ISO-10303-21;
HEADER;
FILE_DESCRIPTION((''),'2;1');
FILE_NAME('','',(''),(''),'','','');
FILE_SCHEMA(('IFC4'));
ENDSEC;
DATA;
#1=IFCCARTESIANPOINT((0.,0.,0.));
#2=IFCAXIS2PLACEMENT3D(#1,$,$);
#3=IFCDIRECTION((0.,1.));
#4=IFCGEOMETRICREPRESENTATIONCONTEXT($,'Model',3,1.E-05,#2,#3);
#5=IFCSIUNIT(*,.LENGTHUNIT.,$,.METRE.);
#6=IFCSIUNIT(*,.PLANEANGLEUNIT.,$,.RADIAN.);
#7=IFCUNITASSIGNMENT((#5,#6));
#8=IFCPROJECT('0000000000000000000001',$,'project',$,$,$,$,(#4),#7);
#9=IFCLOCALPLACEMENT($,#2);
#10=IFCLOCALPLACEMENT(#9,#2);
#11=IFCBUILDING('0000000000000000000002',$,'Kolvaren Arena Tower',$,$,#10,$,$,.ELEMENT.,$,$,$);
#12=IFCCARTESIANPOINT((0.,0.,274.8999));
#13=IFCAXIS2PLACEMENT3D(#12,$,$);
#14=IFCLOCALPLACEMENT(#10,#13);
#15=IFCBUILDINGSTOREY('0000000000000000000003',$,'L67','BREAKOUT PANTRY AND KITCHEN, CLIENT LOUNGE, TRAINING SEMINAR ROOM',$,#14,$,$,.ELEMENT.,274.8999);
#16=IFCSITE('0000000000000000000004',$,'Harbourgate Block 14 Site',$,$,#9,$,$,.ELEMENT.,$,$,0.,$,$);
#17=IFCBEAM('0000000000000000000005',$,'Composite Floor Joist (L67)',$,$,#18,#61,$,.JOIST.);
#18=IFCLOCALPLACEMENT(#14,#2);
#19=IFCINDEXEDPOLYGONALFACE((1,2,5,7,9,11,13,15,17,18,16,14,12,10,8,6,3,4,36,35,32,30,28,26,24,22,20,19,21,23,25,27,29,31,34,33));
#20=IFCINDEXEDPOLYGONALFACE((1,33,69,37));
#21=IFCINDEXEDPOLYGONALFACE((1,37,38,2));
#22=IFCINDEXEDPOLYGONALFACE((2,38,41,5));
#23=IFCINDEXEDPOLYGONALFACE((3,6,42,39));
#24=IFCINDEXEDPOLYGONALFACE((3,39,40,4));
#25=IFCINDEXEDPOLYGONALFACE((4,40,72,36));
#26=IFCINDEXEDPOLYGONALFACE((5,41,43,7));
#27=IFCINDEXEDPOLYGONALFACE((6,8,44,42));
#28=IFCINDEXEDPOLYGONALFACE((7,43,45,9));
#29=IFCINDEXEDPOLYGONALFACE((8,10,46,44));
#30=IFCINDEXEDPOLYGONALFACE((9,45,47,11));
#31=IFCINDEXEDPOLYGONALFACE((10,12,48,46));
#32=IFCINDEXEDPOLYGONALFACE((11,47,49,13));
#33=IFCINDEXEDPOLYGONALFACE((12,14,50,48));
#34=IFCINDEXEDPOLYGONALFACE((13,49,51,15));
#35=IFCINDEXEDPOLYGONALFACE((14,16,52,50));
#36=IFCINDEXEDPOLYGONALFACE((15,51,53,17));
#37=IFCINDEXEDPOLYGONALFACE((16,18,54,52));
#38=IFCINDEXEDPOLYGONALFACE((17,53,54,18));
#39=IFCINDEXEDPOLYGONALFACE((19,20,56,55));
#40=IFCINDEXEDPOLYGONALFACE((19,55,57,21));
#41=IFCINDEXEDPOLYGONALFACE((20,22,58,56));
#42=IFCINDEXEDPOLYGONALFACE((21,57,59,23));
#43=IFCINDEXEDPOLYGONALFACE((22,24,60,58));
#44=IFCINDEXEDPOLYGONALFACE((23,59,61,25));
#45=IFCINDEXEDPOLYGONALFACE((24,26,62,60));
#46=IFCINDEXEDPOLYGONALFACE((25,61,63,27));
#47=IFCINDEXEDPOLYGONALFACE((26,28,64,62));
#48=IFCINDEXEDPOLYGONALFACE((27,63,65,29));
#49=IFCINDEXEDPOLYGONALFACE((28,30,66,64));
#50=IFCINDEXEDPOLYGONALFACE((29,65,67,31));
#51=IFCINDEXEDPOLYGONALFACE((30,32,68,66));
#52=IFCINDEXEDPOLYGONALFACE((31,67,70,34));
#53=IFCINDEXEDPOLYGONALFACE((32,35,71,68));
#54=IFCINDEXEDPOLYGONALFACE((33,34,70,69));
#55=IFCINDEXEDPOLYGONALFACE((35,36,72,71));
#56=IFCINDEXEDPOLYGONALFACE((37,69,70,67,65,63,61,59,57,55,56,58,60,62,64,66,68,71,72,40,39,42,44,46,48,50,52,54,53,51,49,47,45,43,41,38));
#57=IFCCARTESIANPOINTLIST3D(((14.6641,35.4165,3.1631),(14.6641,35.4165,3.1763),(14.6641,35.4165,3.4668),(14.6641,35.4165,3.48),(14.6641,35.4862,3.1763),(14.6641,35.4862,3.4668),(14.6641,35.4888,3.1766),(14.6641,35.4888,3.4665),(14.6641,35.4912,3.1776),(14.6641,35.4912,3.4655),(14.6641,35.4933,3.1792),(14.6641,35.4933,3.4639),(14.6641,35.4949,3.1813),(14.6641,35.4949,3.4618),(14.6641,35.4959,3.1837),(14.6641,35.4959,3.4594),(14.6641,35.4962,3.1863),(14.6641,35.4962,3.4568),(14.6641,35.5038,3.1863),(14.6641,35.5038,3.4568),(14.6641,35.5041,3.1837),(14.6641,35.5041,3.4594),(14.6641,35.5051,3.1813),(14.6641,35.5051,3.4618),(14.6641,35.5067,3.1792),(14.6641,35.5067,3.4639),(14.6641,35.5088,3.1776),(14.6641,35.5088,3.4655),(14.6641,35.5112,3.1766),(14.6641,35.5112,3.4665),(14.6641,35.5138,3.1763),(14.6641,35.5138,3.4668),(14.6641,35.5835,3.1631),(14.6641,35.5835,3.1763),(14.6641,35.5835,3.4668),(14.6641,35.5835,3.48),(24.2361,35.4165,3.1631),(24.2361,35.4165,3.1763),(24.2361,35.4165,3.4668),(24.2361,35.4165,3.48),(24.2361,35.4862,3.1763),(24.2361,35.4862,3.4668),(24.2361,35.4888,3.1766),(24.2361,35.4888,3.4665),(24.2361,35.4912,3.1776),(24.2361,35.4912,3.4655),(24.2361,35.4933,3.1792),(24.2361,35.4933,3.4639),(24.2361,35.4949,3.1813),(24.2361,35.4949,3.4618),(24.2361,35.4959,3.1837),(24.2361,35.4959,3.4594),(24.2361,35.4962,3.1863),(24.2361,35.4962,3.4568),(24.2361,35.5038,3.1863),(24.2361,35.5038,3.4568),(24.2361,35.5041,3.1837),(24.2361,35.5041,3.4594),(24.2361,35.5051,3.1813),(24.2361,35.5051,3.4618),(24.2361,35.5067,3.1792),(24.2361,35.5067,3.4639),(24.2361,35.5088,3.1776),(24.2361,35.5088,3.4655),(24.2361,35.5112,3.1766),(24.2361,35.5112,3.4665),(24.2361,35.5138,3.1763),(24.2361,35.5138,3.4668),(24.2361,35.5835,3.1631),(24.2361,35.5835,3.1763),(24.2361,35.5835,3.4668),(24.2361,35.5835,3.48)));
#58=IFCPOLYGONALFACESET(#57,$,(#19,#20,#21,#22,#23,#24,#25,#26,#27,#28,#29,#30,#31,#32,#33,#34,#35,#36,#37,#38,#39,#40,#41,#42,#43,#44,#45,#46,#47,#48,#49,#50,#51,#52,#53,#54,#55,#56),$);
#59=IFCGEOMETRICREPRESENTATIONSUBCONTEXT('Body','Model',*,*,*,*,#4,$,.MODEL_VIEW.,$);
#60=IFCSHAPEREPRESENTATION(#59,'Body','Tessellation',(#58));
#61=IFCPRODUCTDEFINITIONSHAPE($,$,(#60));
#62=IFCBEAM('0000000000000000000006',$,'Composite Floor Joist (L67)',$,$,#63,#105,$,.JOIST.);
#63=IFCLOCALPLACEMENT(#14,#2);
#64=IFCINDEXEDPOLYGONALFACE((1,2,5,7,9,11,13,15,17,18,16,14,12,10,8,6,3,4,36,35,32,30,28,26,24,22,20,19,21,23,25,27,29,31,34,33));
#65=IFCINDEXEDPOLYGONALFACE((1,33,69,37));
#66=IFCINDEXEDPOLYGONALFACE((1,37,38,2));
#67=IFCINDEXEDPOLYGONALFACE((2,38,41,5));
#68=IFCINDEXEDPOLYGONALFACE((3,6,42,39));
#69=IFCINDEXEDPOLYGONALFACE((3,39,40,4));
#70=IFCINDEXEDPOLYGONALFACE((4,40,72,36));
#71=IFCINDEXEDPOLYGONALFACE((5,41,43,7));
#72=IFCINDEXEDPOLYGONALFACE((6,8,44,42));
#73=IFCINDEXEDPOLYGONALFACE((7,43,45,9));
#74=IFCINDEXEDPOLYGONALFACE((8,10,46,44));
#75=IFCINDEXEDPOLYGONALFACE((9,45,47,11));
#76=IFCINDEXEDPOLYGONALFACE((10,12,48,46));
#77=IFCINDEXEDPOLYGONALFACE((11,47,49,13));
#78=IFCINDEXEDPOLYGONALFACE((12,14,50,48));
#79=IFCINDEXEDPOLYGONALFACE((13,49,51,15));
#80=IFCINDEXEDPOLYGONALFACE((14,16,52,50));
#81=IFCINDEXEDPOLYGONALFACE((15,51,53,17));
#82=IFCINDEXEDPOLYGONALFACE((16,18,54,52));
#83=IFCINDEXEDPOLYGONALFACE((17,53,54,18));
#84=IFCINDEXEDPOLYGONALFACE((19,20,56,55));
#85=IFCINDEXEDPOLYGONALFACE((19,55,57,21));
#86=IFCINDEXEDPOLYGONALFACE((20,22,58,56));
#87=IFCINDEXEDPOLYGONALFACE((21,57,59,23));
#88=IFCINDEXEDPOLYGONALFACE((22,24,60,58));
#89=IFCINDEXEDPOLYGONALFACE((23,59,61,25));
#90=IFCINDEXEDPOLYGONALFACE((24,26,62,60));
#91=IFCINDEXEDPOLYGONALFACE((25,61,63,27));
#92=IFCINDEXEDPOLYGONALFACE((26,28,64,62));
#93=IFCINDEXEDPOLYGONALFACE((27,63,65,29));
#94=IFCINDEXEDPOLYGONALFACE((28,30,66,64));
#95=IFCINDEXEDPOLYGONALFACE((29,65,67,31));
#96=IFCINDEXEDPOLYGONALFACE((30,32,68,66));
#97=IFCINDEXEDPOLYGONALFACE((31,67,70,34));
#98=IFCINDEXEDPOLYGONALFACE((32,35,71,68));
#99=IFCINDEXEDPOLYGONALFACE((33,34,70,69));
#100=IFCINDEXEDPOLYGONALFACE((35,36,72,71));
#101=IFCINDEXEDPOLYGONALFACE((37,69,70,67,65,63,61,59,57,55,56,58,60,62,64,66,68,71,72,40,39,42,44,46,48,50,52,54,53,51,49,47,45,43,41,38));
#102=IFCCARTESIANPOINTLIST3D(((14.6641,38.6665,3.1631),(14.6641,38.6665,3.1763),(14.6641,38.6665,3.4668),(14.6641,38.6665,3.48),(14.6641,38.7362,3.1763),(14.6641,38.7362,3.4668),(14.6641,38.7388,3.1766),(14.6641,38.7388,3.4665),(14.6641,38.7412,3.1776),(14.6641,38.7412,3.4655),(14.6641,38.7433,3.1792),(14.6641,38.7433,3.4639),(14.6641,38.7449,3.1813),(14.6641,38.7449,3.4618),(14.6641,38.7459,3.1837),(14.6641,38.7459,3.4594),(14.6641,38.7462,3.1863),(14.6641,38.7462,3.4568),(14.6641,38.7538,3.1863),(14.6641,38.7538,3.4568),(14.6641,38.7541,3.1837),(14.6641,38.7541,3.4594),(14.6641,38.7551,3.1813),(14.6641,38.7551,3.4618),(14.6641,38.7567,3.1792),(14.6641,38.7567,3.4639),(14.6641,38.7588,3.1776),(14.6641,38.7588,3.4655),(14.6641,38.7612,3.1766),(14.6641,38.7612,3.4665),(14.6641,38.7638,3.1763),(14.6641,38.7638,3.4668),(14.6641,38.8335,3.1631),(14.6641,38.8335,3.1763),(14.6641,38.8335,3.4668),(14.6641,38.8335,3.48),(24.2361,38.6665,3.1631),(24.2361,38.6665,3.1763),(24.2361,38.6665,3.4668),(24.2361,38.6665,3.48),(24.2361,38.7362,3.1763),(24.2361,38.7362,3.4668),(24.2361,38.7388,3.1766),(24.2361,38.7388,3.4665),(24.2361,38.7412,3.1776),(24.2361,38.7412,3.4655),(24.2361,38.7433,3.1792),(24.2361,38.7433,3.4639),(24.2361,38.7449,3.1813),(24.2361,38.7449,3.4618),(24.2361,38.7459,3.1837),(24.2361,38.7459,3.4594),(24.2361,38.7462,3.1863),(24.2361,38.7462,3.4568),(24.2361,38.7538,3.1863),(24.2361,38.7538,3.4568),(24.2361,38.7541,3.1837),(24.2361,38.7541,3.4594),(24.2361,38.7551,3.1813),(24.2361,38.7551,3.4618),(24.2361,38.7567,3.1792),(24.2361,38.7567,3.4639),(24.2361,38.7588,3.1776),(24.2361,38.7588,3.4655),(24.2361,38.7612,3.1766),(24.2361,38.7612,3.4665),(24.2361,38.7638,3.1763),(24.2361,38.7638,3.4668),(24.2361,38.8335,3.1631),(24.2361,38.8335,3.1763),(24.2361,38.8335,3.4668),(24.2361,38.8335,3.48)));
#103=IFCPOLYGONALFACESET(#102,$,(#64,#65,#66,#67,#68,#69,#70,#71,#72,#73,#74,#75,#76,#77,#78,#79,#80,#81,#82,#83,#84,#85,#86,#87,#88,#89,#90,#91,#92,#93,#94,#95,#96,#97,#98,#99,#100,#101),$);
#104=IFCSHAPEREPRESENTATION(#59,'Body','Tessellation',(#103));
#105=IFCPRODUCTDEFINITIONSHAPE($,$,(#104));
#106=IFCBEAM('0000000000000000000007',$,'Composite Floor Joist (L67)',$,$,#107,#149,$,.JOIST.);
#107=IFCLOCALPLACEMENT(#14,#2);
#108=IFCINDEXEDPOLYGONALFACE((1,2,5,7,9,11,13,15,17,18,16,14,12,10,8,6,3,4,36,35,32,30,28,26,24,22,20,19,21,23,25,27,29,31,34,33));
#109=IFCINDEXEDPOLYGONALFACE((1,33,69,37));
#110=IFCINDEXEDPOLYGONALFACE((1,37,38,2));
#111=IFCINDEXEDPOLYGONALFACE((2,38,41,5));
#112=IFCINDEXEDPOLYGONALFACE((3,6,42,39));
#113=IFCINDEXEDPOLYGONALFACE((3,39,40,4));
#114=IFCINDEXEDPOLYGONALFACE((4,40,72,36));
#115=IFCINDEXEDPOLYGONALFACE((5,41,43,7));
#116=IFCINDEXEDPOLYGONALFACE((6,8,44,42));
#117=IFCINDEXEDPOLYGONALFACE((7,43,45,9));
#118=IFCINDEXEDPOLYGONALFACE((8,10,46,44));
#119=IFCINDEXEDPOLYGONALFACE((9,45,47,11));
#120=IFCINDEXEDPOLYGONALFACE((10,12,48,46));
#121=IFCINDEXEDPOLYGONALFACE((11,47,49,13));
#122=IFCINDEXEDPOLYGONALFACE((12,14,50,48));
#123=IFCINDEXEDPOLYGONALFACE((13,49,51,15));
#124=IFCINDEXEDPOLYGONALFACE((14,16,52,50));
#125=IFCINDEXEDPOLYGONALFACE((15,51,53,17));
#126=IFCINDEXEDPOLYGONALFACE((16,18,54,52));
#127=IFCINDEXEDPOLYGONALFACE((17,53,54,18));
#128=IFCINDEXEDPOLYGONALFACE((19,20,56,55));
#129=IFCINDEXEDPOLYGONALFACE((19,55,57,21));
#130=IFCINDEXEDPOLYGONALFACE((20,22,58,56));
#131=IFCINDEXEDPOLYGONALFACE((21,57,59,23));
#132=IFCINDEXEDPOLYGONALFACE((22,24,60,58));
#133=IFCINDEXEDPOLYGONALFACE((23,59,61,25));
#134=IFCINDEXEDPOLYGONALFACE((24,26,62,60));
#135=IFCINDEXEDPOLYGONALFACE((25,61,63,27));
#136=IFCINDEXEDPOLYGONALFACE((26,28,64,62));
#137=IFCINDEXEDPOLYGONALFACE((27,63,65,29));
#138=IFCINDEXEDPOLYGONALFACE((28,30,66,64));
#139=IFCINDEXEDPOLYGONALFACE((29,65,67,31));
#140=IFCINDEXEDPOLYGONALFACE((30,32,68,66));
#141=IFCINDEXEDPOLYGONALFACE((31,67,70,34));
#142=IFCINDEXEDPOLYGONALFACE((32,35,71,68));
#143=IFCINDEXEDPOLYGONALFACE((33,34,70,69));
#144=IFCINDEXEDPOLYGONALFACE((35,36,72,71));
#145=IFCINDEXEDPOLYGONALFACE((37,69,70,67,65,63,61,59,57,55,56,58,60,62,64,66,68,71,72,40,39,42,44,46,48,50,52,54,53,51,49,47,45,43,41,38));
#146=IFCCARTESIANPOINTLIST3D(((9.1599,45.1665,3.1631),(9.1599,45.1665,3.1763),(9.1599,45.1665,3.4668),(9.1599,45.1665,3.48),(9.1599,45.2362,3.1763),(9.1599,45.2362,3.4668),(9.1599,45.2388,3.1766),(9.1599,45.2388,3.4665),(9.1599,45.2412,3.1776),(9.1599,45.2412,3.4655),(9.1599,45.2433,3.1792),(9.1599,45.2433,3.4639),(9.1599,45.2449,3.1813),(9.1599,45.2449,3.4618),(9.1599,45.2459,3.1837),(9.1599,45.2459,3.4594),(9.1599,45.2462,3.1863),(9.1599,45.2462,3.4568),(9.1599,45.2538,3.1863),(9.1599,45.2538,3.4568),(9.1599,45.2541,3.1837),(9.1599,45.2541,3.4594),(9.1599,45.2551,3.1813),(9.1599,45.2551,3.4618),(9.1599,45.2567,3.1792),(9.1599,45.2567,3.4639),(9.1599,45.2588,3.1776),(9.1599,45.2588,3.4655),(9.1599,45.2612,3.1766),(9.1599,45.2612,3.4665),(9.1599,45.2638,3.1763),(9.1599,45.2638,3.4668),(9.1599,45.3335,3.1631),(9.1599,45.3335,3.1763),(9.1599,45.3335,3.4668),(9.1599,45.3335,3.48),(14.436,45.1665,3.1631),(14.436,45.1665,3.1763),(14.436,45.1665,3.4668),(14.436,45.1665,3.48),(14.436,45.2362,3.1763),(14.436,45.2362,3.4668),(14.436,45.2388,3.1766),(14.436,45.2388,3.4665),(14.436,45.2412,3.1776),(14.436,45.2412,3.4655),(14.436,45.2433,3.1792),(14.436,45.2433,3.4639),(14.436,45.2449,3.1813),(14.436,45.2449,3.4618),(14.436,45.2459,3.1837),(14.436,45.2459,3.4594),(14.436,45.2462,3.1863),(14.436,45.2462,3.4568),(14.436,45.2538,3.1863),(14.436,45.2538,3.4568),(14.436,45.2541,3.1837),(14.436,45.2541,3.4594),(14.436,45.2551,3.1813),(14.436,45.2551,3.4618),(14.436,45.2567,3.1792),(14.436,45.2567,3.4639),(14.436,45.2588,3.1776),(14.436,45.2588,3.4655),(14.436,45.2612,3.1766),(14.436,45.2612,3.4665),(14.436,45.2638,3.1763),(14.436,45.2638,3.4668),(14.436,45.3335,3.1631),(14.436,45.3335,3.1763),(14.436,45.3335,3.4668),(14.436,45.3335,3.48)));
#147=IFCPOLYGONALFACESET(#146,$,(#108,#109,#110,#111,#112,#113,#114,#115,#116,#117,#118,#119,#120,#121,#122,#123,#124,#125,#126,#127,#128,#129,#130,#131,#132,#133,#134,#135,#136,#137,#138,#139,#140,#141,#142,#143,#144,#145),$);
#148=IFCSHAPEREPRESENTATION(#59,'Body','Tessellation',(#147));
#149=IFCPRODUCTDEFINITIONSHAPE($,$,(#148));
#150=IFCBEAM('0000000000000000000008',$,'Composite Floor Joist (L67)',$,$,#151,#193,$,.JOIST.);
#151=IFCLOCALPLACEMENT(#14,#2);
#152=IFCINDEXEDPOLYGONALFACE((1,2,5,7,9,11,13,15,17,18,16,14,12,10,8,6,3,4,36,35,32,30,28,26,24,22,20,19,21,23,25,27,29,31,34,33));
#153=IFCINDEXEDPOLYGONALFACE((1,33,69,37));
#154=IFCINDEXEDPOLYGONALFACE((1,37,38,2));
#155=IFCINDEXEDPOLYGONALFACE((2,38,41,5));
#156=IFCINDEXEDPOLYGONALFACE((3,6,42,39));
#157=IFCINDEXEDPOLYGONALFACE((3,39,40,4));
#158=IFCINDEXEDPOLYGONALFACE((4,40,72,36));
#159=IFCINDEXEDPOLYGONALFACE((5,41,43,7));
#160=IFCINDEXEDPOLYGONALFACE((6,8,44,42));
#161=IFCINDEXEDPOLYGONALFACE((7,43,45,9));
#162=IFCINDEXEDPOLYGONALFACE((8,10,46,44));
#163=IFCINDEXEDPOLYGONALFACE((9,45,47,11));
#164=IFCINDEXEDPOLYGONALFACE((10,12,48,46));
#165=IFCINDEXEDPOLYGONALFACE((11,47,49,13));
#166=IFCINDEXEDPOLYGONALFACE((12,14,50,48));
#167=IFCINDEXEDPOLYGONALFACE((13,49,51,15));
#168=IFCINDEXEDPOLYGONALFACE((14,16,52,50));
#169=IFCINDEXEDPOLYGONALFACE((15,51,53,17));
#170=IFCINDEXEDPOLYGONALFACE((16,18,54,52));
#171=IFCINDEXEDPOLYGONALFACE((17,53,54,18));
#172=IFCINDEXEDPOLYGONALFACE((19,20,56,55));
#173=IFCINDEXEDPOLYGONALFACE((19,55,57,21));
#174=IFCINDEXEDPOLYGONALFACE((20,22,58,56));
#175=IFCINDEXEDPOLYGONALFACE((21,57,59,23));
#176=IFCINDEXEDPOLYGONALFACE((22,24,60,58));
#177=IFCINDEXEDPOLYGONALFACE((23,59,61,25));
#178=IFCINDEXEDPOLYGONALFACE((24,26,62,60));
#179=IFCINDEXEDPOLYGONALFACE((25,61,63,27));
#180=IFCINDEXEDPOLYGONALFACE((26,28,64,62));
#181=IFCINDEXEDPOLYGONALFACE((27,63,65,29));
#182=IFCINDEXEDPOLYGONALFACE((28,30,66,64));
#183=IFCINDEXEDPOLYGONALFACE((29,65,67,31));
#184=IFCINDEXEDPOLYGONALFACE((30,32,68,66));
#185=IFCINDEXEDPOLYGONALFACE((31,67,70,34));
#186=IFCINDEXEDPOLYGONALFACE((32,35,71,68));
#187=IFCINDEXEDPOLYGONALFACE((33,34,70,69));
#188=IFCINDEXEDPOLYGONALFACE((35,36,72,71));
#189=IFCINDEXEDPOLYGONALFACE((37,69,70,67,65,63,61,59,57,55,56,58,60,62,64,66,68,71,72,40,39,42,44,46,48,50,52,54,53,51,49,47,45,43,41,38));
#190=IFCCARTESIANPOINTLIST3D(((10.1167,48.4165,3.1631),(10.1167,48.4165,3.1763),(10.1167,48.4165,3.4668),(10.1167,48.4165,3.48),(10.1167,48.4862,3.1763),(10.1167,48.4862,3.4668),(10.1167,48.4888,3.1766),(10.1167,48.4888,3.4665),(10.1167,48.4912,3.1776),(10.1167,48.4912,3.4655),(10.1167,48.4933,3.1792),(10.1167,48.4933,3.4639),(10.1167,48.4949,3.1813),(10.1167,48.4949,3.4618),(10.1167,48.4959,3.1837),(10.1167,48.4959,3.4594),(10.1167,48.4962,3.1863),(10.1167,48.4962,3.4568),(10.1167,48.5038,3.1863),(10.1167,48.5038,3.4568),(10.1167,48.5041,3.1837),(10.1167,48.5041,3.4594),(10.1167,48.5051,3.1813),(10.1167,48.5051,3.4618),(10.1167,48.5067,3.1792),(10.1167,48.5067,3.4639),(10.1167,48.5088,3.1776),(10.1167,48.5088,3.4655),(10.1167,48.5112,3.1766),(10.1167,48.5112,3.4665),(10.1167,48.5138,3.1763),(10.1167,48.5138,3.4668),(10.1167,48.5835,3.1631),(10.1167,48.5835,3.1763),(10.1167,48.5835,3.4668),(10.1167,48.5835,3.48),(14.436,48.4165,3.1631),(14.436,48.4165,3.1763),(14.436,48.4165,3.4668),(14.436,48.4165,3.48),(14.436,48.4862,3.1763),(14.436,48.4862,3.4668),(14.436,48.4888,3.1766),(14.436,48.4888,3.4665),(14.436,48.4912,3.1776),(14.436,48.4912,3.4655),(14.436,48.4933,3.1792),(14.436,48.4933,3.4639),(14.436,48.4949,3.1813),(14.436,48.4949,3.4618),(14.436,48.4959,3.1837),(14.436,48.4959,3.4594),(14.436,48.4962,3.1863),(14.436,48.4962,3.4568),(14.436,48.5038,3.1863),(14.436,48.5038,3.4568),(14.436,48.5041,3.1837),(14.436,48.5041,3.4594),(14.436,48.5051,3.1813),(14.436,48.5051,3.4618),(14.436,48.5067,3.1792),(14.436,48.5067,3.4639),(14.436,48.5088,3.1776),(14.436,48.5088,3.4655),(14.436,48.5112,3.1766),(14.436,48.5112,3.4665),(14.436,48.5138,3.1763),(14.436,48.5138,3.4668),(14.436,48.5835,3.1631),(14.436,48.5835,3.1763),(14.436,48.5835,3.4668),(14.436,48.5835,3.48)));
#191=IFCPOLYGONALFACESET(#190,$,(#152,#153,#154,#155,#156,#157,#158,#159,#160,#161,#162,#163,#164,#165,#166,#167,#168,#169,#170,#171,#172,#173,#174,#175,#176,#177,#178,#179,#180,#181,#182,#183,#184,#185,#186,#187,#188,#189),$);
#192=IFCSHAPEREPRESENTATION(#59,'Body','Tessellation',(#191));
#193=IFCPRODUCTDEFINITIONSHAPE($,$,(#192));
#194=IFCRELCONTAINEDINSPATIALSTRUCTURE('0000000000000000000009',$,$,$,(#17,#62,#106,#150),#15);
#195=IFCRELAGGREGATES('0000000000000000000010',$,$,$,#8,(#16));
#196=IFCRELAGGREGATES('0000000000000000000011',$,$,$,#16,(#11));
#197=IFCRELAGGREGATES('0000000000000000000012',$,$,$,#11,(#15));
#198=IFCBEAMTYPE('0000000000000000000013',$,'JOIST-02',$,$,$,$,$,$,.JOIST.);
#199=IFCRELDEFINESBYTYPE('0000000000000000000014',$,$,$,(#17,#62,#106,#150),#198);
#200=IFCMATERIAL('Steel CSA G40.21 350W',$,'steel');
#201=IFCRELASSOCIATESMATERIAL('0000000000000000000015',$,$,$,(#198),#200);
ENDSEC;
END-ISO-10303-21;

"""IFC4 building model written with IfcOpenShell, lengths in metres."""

from ifc_helpers import new_model, si_unit, direction, frame, origin, origin_2d, place, context, subcontext, project, spatial, i_section, extrude, material, material_profile, profile_set, type_object, element, save


model = new_model("IFC4")

# Units and contexts
model_context = context("Model", 3, precision=1e-05, world=origin(), true_north=direction((0.0, 1.0)))
body_context = subcontext(model_context, "Body", "Model", "MODEL_VIEW")
ifc_project = project(units=[si_unit("LENGTHUNIT", "METRE"), si_unit("PLANEANGLEUNIT", "RADIAN")], contexts=[model_context])

# Site, building, storey
site_placement = place(None, origin())
site = spatial("IfcSite", under=ifc_project, at=site_placement, Name="Harbourgate Block 14 Site", CompositionType="ELEMENT", RefElevation=0.0)
building_placement = place(site_placement, origin())
building = spatial("IfcBuilding", under=site, at=building_placement, Name="Kolvaren Arena Tower", CompositionType="ELEMENT")
storey_placement = place(building_placement, frame((0.0, 0.0, 274.8999)))
storey = spatial("IfcBuildingStorey", under=building, at=storey_placement, Name="L67", Description="BREAKOUT PANTRY AND KITCHEN, CLIENT LOUNGE, TRAINING SEMINAR ROOM", CompositionType="ELEMENT", Elevation=274.8999)

# Beams
ifc_material_1 = material(Name="Steel CSA G40.21 350W", Category="steel")
ifc_material_profile_1 = material_profile(ifc_material_1, i_section(OverallWidth=0.167, OverallDepth=0.3169, WebThickness=0.0076, FlangeThickness=0.0132, FilletRadius=0.01, at=origin_2d()), Name="W310x52")
ifc_profile_set_1 = profile_set([ifc_material_profile_1], Name="Steel CSA G40.21 350W")
beam_type_1 = type_object("IfcBeamType", Name="JOIST-02", PredefinedType="JOIST", material=ifc_profile_set_1)
for number, where, z_axis, x_axis, name in (
    (1, (14.6641, 35.5, 3.3215), (1.0, 0.0, 0.0), (0.0, 1.0, 0.0), "Composite Floor Joist (L67)"),
    (2, (14.6641, 38.75, 3.3215), (1.0, 0.0, 0.0), (0.0, 1.0, 0.0), "Composite Floor Joist (L67)"),
):
    element("IfcBeam", number, at=place(storey_placement, frame(where, z_axis=z_axis, x_axis=x_axis)), inside=storey, type_object=beam_type_1, Name=name, PredefinedType="JOIST", context=body_context, shape_type="SweptSolid", body=[
        extrude(i_section(OverallWidth=0.167, OverallDepth=0.3169, WebThickness=0.0076, FlangeThickness=0.0132, FilletRadius=0.01, at=origin_2d()), origin(), (0.0, 0.0, 1.0), 9.572),
    ])
beam_1_placement = place(storey_placement, frame((9.1599, 45.25, 3.3215), z_axis=(1.0, 0.0, 0.0), x_axis=(0.0, 1.0, 0.0)))
element("IfcBeam", 3, at=beam_1_placement, inside=storey, type_object=beam_type_1, Name="Composite Floor Joist (L67)", PredefinedType="JOIST", context=body_context, shape_type="SweptSolid", body=[
    extrude(i_section(OverallWidth=0.167, OverallDepth=0.3169, WebThickness=0.0076, FlangeThickness=0.0132, FilletRadius=0.01, at=origin_2d()), origin(), (0.0, 0.0, 1.0), 5.2761),
])
beam_2_placement = place(storey_placement, frame((10.1167, 48.5, 3.3215), z_axis=(1.0, 0.0, 0.0), x_axis=(0.0, 1.0, 0.0)))
element("IfcBeam", 4, at=beam_2_placement, inside=storey, type_object=beam_type_1, Name="Composite Floor Joist (L67)", PredefinedType="JOIST", context=body_context, shape_type="SweptSolid", body=[
    extrude(i_section(OverallWidth=0.167, OverallDepth=0.3169, WebThickness=0.0076, FlangeThickness=0.0132, FilletRadius=0.01, at=origin_2d()), origin(), (0.0, 0.0, 1.0), 4.3193),
])

save(model, "model.ifc")
